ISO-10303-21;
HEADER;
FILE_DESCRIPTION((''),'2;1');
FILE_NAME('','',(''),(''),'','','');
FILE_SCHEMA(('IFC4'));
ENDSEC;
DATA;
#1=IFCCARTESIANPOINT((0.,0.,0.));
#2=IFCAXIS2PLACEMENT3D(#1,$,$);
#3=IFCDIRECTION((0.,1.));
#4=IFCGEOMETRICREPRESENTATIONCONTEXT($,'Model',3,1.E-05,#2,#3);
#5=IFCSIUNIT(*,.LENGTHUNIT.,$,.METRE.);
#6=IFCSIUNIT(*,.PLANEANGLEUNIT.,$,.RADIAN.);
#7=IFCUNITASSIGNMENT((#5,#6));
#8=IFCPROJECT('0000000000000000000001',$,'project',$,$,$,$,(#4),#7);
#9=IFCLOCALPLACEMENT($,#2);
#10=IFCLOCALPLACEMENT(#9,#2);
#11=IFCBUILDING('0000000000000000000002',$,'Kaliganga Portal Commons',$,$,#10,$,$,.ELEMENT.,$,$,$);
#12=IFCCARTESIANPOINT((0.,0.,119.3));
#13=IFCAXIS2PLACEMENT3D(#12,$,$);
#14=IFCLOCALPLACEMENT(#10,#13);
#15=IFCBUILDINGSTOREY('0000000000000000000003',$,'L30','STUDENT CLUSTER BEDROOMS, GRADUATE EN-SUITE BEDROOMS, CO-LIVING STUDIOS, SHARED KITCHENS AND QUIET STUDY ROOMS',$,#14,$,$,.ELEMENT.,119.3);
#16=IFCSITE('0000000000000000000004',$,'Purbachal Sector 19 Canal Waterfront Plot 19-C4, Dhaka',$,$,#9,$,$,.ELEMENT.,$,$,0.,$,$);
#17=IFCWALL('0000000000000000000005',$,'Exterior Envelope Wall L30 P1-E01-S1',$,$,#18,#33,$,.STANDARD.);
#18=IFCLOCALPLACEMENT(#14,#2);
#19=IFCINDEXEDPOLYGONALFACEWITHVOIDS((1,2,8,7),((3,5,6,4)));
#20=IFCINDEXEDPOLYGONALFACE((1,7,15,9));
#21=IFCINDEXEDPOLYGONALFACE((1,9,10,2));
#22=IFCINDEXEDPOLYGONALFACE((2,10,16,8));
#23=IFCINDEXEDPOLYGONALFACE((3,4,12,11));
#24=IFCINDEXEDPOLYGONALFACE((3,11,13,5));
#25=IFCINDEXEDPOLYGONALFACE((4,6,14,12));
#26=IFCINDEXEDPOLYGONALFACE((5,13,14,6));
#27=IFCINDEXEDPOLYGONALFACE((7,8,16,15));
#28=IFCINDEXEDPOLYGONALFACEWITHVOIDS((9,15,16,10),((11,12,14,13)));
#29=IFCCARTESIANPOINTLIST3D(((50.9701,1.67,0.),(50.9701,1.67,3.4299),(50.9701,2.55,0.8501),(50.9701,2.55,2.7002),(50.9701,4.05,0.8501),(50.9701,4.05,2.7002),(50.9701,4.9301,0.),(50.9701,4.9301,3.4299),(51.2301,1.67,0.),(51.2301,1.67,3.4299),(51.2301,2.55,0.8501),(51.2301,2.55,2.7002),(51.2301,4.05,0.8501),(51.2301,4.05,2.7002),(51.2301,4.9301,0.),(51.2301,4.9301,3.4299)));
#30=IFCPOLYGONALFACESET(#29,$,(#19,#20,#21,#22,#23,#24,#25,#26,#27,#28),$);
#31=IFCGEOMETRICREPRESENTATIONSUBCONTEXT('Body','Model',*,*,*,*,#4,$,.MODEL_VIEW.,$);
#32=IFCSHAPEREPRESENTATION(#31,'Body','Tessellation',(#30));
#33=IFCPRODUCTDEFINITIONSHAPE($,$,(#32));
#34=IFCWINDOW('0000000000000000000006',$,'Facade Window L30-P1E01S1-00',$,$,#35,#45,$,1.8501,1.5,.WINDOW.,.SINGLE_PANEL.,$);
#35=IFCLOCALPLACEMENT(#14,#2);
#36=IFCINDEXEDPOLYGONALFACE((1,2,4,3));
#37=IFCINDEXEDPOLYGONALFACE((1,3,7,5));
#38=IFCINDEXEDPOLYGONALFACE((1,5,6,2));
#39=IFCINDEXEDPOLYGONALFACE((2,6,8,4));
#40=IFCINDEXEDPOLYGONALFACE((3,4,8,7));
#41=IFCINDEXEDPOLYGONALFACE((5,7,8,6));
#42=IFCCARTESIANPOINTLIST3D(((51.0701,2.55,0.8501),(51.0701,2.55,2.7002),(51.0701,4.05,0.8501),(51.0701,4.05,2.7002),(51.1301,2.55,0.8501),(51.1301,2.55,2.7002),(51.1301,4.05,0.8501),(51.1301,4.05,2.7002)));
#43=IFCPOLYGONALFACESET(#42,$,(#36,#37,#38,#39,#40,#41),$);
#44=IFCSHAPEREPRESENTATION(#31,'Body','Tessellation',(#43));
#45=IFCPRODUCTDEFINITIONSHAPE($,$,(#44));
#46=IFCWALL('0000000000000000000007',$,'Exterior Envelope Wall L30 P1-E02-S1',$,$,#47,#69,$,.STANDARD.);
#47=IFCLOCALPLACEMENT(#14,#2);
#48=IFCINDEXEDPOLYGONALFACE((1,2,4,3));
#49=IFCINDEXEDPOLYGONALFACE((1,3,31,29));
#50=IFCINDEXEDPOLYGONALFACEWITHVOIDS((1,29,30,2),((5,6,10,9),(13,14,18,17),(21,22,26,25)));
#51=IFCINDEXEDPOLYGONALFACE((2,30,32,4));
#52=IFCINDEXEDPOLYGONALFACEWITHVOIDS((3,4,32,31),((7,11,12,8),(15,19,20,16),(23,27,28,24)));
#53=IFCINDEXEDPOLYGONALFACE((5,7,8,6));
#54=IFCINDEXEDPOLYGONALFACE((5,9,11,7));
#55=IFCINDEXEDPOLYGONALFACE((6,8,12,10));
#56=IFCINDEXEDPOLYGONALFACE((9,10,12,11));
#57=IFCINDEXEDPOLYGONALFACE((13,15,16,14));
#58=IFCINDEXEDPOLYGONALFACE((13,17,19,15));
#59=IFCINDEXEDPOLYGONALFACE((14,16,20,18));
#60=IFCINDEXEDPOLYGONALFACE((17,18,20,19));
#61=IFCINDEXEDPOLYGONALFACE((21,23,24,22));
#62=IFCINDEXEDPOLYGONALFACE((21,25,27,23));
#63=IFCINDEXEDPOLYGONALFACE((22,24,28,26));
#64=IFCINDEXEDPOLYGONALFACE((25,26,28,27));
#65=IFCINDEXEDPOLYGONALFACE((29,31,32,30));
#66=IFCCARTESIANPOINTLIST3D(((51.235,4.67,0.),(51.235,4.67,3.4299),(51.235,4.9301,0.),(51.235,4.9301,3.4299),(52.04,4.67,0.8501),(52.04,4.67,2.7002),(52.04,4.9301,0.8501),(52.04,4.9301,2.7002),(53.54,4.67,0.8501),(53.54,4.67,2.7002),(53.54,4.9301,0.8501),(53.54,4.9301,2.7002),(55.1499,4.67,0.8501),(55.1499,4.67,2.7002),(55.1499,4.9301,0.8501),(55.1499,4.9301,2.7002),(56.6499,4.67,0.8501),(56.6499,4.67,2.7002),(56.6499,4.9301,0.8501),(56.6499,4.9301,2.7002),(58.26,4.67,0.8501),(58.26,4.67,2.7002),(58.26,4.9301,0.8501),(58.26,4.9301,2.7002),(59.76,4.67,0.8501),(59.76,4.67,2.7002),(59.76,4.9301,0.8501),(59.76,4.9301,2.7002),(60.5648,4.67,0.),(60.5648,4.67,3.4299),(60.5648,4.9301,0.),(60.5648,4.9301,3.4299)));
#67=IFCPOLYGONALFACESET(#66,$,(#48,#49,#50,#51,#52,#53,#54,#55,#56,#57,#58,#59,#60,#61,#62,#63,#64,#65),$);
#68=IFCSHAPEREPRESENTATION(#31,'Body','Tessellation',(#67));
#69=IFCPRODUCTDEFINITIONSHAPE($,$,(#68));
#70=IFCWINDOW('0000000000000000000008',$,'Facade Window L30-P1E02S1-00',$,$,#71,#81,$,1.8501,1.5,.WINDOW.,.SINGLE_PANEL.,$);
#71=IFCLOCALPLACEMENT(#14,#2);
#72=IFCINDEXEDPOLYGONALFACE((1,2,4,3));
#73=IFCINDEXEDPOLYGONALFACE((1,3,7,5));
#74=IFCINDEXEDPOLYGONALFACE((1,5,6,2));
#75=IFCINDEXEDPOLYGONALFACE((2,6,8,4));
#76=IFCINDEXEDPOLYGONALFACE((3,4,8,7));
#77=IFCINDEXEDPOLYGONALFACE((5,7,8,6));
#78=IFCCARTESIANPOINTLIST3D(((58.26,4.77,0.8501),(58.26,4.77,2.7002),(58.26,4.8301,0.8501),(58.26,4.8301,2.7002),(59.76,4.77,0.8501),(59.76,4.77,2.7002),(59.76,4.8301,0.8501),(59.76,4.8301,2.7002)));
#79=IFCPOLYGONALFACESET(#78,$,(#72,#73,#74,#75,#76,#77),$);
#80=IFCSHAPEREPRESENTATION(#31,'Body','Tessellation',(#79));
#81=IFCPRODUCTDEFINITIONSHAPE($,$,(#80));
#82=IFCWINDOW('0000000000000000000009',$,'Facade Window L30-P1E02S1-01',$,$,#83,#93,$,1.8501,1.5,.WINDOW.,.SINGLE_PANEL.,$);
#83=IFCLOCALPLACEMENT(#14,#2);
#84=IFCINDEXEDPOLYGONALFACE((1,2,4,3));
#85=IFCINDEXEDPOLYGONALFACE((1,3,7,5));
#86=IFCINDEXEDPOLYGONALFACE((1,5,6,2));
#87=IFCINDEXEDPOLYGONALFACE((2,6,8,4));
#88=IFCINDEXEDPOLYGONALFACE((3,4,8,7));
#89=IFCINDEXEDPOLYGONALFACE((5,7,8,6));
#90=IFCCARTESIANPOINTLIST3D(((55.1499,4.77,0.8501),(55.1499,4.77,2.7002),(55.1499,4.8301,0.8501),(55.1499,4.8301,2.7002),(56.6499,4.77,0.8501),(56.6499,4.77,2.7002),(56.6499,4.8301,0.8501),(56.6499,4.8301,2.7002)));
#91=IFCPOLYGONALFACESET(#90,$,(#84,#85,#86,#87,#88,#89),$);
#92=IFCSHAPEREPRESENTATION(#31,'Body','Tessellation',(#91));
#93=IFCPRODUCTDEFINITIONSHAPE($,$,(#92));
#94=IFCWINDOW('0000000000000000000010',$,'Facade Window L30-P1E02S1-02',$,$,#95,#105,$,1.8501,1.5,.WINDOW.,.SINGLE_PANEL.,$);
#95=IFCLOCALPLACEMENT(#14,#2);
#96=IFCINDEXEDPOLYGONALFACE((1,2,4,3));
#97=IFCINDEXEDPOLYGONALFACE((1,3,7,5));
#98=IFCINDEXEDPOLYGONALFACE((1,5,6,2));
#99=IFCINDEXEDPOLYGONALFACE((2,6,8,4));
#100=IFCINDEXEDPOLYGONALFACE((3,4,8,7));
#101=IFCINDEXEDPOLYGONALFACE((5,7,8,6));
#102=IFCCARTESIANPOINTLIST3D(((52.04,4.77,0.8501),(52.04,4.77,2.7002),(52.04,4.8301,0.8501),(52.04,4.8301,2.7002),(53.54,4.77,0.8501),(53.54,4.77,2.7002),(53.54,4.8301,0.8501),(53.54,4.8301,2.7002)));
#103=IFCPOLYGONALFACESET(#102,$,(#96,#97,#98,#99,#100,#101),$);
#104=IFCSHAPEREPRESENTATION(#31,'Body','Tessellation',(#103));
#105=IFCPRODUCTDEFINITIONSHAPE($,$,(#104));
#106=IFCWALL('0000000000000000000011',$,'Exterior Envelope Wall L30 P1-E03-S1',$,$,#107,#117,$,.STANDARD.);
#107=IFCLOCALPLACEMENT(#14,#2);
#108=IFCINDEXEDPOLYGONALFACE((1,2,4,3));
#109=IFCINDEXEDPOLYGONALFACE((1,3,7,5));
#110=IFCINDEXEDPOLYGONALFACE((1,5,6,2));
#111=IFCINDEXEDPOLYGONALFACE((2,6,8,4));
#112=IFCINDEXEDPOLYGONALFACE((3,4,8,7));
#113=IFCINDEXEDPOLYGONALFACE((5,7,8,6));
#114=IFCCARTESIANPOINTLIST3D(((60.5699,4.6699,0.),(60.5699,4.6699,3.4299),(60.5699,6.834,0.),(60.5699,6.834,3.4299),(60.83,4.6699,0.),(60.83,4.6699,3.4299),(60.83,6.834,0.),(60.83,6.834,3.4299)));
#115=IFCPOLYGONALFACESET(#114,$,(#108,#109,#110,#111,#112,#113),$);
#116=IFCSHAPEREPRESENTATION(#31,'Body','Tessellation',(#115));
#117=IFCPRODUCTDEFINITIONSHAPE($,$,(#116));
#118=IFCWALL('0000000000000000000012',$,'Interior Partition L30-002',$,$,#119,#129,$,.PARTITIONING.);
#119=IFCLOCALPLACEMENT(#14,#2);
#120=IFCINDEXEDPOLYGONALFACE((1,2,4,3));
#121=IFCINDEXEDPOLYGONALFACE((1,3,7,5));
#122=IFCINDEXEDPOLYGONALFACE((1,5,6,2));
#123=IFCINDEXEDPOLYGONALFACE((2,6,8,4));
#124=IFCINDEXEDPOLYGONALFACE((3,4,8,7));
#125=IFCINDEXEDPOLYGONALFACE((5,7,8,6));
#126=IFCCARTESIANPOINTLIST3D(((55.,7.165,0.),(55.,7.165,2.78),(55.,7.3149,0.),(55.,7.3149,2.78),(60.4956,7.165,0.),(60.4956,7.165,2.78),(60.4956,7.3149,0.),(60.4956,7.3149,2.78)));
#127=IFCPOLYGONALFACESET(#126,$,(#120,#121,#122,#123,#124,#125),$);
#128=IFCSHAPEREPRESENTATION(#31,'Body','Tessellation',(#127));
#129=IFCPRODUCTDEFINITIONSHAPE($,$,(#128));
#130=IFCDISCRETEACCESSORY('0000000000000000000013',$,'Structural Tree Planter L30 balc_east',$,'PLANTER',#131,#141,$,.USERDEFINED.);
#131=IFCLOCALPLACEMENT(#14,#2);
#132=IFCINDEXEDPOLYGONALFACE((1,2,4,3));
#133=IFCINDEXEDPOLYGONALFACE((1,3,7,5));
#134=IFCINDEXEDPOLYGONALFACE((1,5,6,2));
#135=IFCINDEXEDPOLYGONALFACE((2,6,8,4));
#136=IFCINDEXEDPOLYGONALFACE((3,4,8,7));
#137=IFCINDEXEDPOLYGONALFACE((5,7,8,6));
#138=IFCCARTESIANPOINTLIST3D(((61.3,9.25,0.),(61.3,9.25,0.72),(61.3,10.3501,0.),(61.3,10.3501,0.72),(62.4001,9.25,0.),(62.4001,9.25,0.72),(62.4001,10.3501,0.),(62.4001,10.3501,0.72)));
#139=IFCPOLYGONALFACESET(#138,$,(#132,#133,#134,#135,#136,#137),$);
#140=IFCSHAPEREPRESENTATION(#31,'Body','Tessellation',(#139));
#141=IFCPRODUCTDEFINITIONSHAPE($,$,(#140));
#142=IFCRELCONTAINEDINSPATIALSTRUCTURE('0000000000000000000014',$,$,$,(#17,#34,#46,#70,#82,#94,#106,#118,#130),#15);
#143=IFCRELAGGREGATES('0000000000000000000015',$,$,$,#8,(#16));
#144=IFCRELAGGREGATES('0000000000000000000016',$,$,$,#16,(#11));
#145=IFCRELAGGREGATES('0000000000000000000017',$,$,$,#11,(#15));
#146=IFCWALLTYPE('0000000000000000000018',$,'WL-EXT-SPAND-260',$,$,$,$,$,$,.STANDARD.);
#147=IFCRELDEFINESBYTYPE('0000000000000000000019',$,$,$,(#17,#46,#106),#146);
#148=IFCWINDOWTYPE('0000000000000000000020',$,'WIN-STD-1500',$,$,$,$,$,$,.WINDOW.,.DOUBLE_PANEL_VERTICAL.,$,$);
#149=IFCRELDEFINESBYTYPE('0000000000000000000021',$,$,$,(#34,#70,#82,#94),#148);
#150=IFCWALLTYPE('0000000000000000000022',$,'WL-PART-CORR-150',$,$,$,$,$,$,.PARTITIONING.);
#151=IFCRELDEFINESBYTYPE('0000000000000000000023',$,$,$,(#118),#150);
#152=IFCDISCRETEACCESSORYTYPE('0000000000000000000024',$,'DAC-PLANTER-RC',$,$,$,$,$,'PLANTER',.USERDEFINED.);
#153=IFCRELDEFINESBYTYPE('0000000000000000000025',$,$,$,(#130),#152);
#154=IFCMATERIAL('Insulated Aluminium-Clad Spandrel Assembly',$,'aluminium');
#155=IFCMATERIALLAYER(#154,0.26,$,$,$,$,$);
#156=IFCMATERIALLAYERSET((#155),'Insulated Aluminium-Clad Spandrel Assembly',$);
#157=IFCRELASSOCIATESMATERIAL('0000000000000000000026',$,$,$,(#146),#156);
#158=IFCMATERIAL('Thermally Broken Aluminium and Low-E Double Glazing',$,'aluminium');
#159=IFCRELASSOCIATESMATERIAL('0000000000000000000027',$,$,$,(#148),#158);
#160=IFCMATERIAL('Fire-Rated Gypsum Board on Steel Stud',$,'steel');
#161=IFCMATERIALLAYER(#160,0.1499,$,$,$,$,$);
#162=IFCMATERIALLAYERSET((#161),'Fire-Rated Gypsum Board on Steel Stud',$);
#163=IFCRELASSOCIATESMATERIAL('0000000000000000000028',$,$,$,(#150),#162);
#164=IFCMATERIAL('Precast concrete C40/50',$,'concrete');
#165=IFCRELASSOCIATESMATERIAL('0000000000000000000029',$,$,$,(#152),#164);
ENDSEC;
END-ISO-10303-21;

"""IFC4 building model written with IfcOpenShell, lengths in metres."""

from ifc_helpers import new_model, si_unit, direction, frame, frame_2d, origin, origin_2d, place, context, subcontext, project, spatial, rectangle, extrude, source, transform, mapped, material, layer, layer_set, type_object, element, fill, save


model = new_model("IFC4")

# Units and contexts
model_context = context("Model", 3, precision=1e-05, world=origin(), true_north=direction((0.0, 1.0)))
body_context = subcontext(model_context, "Body", "Model", "MODEL_VIEW")
ifc_project = project(units=[si_unit("LENGTHUNIT", "METRE"), si_unit("PLANEANGLEUNIT", "RADIAN")], contexts=[model_context])

# Site, building, storey
site_placement = place(None, origin())
site = spatial("IfcSite", under=ifc_project, at=site_placement, Name="Purbachal Sector 19 Canal Waterfront Plot 19-C4, Dhaka", CompositionType="ELEMENT", RefElevation=0.0)
building_placement = place(site_placement, origin())
building = spatial("IfcBuilding", under=site, at=building_placement, Name="Kaliganga Portal Commons", CompositionType="ELEMENT")
storey_placement = place(building_placement, frame((0.0, 0.0, 119.3)))
storey = spatial("IfcBuildingStorey", under=building, at=storey_placement, Name="L30", Description="STUDENT CLUSTER BEDROOMS, GRADUATE EN-SUITE BEDROOMS, CO-LIVING STUDIOS, SHARED KITCHENS AND QUIET STUDY ROOMS", CompositionType="ELEMENT", Elevation=119.3)

# Wall, opening, window
ifc_material_1 = material(Name="Insulated Aluminium-Clad Spandrel Assembly", Category="aluminium")
ifc_layer_1 = layer(ifc_material_1, 0.26)
ifc_layer_set_1 = layer_set([ifc_layer_1], Name="Insulated Aluminium-Clad Spandrel Assembly")
wall_type_1 = type_object("IfcWallType", Name="WL-EXT-SPAND-260", PredefinedType="STANDARD", material=ifc_layer_set_1)
wall_1_placement = place(storey_placement, frame((51.1001, 4.9299, 0.0), z_axis=(0.0, 0.0, 1.0), x_axis=(0.0, -1.0, 0.0)))
wall_1 = element("IfcWall", 1, at=wall_1_placement, inside=storey, type_object=wall_type_1, Name="Exterior Envelope Wall L30 P1-E01-S1", PredefinedType="STANDARD", context=body_context, shape_type="SweptSolid", body=[
    extrude(rectangle(XDim=3.26, YDim=0.26, at=frame_2d((1.6299, 0.0))), origin(), (0.0, 0.0, 1.0), 3.4299),
])
opening_1_placement = place(wall_1_placement, frame((0.8799, 0.0, 0.8501)))
opening_1 = element("IfcOpeningElement", 2, at=opening_1_placement, cuts=wall_1, PredefinedType="OPENING", context=body_context, shape_type="SweptSolid", body=[
    extrude(rectangle(XDim=1.5, YDim=1.8501, at=frame_2d((0.75, 0.925))), frame((0.0, 0.1401, 0.0), z_axis=(0.0, -1.0, 0.0), x_axis=(1.0, 0.0, 0.0)), (0.0, 0.0, 1.0), 0.28),
])
ifc_material_2 = material(Name="Thermally Broken Aluminium and Low-E Double Glazing", Category="aluminium")
window_type = type_object("IfcWindowType", Name="WIN-STD-1500", PartitioningType="DOUBLE_PANEL_VERTICAL", PredefinedType="WINDOW", material=ifc_material_2)
window_1_placement = place(opening_1_placement, origin())
window_1 = element("IfcWindow", 3, at=window_1_placement, inside=storey, type_object=window_type, Name="Facade Window L30-P1E01S1-00", OverallHeight=1.8501, OverallWidth=1.5, PartitioningType="SINGLE_PANEL", PredefinedType="WINDOW", context=body_context, shape_type="SweptSolid", body=[
    extrude(rectangle(XDim=1.5, YDim=1.8501, at=frame_2d((0.75, 0.925))), frame((0.0, 0.03, 0.0), z_axis=(0.0, -1.0, 0.0), x_axis=(1.0, 0.0, 0.0)), (0.0, 0.0, 1.0), 0.0601),
])
fill(opening_1, window_1)

# Wall, openings, windows
wall_2_placement = place(storey_placement, frame((60.5649, 4.8, 0.0), z_axis=(0.0, 0.0, 1.0), x_axis=(-1.0, 0.0, 0.0)))
wall_2 = element("IfcWall", 4, at=wall_2_placement, inside=storey, type_object=wall_type_1, Name="Exterior Envelope Wall L30 P1-E02-S1", PredefinedType="STANDARD", context=body_context, shape_type="SweptSolid", body=[
    extrude(rectangle(XDim=9.3298, YDim=0.26, at=frame_2d((4.665, 0.0))), origin(), (0.0, 0.0, 1.0), 3.4299),
])
opening_2_placement = place(wall_2_placement, frame((0.8049, 0.0, 0.8501)))
opening_2 = element("IfcOpeningElement", 5, at=opening_2_placement, cuts=wall_2, PredefinedType="OPENING", context=body_context, shape_type="SweptSolid", body=[
    extrude(rectangle(XDim=1.5, YDim=1.8501, at=frame_2d((0.75, 0.925))), frame((0.0, 0.1401, 0.0), z_axis=(0.0, -1.0, 0.0), x_axis=(1.0, 0.0, 0.0)), (0.0, 0.0, 1.0), 0.28),
])
opening_3_placement = place(wall_2_placement, frame((3.915, 0.0, 0.8501)))
opening_3 = element("IfcOpeningElement", 6, at=opening_3_placement, cuts=wall_2, PredefinedType="OPENING", context=body_context, shape_type="SweptSolid", body=[
    extrude(rectangle(XDim=1.5, YDim=1.8501, at=frame_2d((0.75, 0.925))), frame((0.0, 0.1401, 0.0), z_axis=(0.0, -1.0, 0.0), x_axis=(1.0, 0.0, 0.0)), (0.0, 0.0, 1.0), 0.28),
])
opening_4_placement = place(wall_2_placement, frame((7.0249, 0.0, 0.8501)))
opening_4 = element("IfcOpeningElement", 7, at=opening_4_placement, cuts=wall_2, PredefinedType="OPENING", context=body_context, shape_type="SweptSolid", body=[
    extrude(rectangle(XDim=1.5, YDim=1.8501, at=frame_2d((0.75, 0.925))), frame((0.0, 0.1401, 0.0), z_axis=(0.0, -1.0, 0.0), x_axis=(1.0, 0.0, 0.0)), (0.0, 0.0, 1.0), 0.28),
])
window_2_placement = place(opening_2_placement, origin())
window_2 = element("IfcWindow", 8, at=window_2_placement, inside=storey, type_object=window_type, Name="Facade Window L30-P1E02S1-00", OverallHeight=1.8501, OverallWidth=1.5, PartitioningType="SINGLE_PANEL", PredefinedType="WINDOW", context=body_context, shape_type="SweptSolid", body=[
    extrude(rectangle(XDim=1.5, YDim=1.8501, at=frame_2d((0.75, 0.925))), frame((0.0, 0.03, 0.0), z_axis=(0.0, -1.0, 0.0), x_axis=(1.0, 0.0, 0.0)), (0.0, 0.0, 1.0), 0.0601),
])
fill(opening_2, window_2)
window_3_placement = place(opening_3_placement, origin())
window_3 = element("IfcWindow", 9, at=window_3_placement, inside=storey, type_object=window_type, Name="Facade Window L30-P1E02S1-01", OverallHeight=1.8501, OverallWidth=1.5, PartitioningType="SINGLE_PANEL", PredefinedType="WINDOW", context=body_context, shape_type="SweptSolid", body=[
    extrude(rectangle(XDim=1.5, YDim=1.8501, at=frame_2d((0.75, 0.925))), frame((0.0, 0.03, 0.0), z_axis=(0.0, -1.0, 0.0), x_axis=(1.0, 0.0, 0.0)), (0.0, 0.0, 1.0), 0.0601),
])
fill(opening_3, window_3)
window_4_placement = place(opening_4_placement, origin())
window_4 = element("IfcWindow", 10, at=window_4_placement, inside=storey, type_object=window_type, Name="Facade Window L30-P1E02S1-02", OverallHeight=1.8501, OverallWidth=1.5, PartitioningType="SINGLE_PANEL", PredefinedType="WINDOW", context=body_context, shape_type="SweptSolid", body=[
    extrude(rectangle(XDim=1.5, YDim=1.8501, at=frame_2d((0.75, 0.925))), frame((0.0, 0.03, 0.0), z_axis=(0.0, -1.0, 0.0), x_axis=(1.0, 0.0, 0.0)), (0.0, 0.0, 1.0), 0.0601),
])
fill(opening_4, window_4)

# Walls
wall_3_placement = place(storey_placement, frame((60.7, 6.834, 0.0), z_axis=(0.0, 0.0, 1.0), x_axis=(0.0, -1.0, 0.0)))
element("IfcWall", 11, at=wall_3_placement, inside=storey, type_object=wall_type_1, Name="Exterior Envelope Wall L30 P1-E03-S1", PredefinedType="STANDARD", context=body_context, shape_type="SweptSolid", body=[
    extrude(rectangle(XDim=2.1641, YDim=0.26, at=frame_2d((1.082, 0.0))), origin(), (0.0, 0.0, 1.0), 3.4299),
])
ifc_material_3 = material(Name="Fire-Rated Gypsum Board on Steel Stud", Category="steel")
ifc_layer_2 = layer(ifc_material_3, 0.1499)
ifc_layer_set_2 = layer_set([ifc_layer_2], Name="Fire-Rated Gypsum Board on Steel Stud")
wall_type_2 = type_object("IfcWallType", Name="WL-PART-CORR-150", PredefinedType="PARTITIONING", material=ifc_layer_set_2)
wall_4_placement = place(storey_placement, frame((55.0, 7.24, 0.0), z_axis=(0.0, 0.0, 1.0), x_axis=(1.0, 0.0, 0.0)))
element("IfcWall", 12, at=wall_4_placement, inside=storey, type_object=wall_type_2, Name="Interior Partition L30-002", PredefinedType="PARTITIONING", context=body_context, shape_type="SweptSolid", body=[
    extrude(rectangle(XDim=5.4956, YDim=0.1499, at=frame_2d((2.7478, 0.0))), origin(), (0.0, 0.0, 1.0), 2.78),
])

# Discrete accessory
ifc_material_4 = material(Name="Precast concrete C40/50", Category="concrete")
discrete_accessory_type = type_object("IfcDiscreteAccessoryType", Name="DAC-PLANTER-RC", ElementType="PLANTER", PredefinedType="USERDEFINED", material=ifc_material_4)
shared_shape_1 = source(origin(), body_context, "Body", "SweptSolid", [
    extrude(rectangle(XDim=1.1001, YDim=1.1001, at=origin_2d()), origin(), (0.0, 0.0, 1.0), 0.72),
])
discrete_accessory_placement = place(storey_placement, frame((61.8501, 9.8, 0.0), z_axis=(0.0, 0.0, 1.0), x_axis=(1.0, 0.0, 0.0)))
element("IfcDiscreteAccessory", 13, at=discrete_accessory_placement, inside=storey, type_object=discrete_accessory_type, Name="Structural Tree Planter L30 balc_east", ObjectType="PLANTER", PredefinedType="USERDEFINED", context=body_context, shape_type="MappedRepresentation", body=[
    mapped(shared_shape_1, transform((0.0, 0.0, 0.0), x_axis=(1.0, 0.0, 0.0), y_axis=(0.0, 1.0, 0.0), z_axis=(0.0, 0.0, 1.0), scale=1.0)),
])

save(model, "model.ifc")
